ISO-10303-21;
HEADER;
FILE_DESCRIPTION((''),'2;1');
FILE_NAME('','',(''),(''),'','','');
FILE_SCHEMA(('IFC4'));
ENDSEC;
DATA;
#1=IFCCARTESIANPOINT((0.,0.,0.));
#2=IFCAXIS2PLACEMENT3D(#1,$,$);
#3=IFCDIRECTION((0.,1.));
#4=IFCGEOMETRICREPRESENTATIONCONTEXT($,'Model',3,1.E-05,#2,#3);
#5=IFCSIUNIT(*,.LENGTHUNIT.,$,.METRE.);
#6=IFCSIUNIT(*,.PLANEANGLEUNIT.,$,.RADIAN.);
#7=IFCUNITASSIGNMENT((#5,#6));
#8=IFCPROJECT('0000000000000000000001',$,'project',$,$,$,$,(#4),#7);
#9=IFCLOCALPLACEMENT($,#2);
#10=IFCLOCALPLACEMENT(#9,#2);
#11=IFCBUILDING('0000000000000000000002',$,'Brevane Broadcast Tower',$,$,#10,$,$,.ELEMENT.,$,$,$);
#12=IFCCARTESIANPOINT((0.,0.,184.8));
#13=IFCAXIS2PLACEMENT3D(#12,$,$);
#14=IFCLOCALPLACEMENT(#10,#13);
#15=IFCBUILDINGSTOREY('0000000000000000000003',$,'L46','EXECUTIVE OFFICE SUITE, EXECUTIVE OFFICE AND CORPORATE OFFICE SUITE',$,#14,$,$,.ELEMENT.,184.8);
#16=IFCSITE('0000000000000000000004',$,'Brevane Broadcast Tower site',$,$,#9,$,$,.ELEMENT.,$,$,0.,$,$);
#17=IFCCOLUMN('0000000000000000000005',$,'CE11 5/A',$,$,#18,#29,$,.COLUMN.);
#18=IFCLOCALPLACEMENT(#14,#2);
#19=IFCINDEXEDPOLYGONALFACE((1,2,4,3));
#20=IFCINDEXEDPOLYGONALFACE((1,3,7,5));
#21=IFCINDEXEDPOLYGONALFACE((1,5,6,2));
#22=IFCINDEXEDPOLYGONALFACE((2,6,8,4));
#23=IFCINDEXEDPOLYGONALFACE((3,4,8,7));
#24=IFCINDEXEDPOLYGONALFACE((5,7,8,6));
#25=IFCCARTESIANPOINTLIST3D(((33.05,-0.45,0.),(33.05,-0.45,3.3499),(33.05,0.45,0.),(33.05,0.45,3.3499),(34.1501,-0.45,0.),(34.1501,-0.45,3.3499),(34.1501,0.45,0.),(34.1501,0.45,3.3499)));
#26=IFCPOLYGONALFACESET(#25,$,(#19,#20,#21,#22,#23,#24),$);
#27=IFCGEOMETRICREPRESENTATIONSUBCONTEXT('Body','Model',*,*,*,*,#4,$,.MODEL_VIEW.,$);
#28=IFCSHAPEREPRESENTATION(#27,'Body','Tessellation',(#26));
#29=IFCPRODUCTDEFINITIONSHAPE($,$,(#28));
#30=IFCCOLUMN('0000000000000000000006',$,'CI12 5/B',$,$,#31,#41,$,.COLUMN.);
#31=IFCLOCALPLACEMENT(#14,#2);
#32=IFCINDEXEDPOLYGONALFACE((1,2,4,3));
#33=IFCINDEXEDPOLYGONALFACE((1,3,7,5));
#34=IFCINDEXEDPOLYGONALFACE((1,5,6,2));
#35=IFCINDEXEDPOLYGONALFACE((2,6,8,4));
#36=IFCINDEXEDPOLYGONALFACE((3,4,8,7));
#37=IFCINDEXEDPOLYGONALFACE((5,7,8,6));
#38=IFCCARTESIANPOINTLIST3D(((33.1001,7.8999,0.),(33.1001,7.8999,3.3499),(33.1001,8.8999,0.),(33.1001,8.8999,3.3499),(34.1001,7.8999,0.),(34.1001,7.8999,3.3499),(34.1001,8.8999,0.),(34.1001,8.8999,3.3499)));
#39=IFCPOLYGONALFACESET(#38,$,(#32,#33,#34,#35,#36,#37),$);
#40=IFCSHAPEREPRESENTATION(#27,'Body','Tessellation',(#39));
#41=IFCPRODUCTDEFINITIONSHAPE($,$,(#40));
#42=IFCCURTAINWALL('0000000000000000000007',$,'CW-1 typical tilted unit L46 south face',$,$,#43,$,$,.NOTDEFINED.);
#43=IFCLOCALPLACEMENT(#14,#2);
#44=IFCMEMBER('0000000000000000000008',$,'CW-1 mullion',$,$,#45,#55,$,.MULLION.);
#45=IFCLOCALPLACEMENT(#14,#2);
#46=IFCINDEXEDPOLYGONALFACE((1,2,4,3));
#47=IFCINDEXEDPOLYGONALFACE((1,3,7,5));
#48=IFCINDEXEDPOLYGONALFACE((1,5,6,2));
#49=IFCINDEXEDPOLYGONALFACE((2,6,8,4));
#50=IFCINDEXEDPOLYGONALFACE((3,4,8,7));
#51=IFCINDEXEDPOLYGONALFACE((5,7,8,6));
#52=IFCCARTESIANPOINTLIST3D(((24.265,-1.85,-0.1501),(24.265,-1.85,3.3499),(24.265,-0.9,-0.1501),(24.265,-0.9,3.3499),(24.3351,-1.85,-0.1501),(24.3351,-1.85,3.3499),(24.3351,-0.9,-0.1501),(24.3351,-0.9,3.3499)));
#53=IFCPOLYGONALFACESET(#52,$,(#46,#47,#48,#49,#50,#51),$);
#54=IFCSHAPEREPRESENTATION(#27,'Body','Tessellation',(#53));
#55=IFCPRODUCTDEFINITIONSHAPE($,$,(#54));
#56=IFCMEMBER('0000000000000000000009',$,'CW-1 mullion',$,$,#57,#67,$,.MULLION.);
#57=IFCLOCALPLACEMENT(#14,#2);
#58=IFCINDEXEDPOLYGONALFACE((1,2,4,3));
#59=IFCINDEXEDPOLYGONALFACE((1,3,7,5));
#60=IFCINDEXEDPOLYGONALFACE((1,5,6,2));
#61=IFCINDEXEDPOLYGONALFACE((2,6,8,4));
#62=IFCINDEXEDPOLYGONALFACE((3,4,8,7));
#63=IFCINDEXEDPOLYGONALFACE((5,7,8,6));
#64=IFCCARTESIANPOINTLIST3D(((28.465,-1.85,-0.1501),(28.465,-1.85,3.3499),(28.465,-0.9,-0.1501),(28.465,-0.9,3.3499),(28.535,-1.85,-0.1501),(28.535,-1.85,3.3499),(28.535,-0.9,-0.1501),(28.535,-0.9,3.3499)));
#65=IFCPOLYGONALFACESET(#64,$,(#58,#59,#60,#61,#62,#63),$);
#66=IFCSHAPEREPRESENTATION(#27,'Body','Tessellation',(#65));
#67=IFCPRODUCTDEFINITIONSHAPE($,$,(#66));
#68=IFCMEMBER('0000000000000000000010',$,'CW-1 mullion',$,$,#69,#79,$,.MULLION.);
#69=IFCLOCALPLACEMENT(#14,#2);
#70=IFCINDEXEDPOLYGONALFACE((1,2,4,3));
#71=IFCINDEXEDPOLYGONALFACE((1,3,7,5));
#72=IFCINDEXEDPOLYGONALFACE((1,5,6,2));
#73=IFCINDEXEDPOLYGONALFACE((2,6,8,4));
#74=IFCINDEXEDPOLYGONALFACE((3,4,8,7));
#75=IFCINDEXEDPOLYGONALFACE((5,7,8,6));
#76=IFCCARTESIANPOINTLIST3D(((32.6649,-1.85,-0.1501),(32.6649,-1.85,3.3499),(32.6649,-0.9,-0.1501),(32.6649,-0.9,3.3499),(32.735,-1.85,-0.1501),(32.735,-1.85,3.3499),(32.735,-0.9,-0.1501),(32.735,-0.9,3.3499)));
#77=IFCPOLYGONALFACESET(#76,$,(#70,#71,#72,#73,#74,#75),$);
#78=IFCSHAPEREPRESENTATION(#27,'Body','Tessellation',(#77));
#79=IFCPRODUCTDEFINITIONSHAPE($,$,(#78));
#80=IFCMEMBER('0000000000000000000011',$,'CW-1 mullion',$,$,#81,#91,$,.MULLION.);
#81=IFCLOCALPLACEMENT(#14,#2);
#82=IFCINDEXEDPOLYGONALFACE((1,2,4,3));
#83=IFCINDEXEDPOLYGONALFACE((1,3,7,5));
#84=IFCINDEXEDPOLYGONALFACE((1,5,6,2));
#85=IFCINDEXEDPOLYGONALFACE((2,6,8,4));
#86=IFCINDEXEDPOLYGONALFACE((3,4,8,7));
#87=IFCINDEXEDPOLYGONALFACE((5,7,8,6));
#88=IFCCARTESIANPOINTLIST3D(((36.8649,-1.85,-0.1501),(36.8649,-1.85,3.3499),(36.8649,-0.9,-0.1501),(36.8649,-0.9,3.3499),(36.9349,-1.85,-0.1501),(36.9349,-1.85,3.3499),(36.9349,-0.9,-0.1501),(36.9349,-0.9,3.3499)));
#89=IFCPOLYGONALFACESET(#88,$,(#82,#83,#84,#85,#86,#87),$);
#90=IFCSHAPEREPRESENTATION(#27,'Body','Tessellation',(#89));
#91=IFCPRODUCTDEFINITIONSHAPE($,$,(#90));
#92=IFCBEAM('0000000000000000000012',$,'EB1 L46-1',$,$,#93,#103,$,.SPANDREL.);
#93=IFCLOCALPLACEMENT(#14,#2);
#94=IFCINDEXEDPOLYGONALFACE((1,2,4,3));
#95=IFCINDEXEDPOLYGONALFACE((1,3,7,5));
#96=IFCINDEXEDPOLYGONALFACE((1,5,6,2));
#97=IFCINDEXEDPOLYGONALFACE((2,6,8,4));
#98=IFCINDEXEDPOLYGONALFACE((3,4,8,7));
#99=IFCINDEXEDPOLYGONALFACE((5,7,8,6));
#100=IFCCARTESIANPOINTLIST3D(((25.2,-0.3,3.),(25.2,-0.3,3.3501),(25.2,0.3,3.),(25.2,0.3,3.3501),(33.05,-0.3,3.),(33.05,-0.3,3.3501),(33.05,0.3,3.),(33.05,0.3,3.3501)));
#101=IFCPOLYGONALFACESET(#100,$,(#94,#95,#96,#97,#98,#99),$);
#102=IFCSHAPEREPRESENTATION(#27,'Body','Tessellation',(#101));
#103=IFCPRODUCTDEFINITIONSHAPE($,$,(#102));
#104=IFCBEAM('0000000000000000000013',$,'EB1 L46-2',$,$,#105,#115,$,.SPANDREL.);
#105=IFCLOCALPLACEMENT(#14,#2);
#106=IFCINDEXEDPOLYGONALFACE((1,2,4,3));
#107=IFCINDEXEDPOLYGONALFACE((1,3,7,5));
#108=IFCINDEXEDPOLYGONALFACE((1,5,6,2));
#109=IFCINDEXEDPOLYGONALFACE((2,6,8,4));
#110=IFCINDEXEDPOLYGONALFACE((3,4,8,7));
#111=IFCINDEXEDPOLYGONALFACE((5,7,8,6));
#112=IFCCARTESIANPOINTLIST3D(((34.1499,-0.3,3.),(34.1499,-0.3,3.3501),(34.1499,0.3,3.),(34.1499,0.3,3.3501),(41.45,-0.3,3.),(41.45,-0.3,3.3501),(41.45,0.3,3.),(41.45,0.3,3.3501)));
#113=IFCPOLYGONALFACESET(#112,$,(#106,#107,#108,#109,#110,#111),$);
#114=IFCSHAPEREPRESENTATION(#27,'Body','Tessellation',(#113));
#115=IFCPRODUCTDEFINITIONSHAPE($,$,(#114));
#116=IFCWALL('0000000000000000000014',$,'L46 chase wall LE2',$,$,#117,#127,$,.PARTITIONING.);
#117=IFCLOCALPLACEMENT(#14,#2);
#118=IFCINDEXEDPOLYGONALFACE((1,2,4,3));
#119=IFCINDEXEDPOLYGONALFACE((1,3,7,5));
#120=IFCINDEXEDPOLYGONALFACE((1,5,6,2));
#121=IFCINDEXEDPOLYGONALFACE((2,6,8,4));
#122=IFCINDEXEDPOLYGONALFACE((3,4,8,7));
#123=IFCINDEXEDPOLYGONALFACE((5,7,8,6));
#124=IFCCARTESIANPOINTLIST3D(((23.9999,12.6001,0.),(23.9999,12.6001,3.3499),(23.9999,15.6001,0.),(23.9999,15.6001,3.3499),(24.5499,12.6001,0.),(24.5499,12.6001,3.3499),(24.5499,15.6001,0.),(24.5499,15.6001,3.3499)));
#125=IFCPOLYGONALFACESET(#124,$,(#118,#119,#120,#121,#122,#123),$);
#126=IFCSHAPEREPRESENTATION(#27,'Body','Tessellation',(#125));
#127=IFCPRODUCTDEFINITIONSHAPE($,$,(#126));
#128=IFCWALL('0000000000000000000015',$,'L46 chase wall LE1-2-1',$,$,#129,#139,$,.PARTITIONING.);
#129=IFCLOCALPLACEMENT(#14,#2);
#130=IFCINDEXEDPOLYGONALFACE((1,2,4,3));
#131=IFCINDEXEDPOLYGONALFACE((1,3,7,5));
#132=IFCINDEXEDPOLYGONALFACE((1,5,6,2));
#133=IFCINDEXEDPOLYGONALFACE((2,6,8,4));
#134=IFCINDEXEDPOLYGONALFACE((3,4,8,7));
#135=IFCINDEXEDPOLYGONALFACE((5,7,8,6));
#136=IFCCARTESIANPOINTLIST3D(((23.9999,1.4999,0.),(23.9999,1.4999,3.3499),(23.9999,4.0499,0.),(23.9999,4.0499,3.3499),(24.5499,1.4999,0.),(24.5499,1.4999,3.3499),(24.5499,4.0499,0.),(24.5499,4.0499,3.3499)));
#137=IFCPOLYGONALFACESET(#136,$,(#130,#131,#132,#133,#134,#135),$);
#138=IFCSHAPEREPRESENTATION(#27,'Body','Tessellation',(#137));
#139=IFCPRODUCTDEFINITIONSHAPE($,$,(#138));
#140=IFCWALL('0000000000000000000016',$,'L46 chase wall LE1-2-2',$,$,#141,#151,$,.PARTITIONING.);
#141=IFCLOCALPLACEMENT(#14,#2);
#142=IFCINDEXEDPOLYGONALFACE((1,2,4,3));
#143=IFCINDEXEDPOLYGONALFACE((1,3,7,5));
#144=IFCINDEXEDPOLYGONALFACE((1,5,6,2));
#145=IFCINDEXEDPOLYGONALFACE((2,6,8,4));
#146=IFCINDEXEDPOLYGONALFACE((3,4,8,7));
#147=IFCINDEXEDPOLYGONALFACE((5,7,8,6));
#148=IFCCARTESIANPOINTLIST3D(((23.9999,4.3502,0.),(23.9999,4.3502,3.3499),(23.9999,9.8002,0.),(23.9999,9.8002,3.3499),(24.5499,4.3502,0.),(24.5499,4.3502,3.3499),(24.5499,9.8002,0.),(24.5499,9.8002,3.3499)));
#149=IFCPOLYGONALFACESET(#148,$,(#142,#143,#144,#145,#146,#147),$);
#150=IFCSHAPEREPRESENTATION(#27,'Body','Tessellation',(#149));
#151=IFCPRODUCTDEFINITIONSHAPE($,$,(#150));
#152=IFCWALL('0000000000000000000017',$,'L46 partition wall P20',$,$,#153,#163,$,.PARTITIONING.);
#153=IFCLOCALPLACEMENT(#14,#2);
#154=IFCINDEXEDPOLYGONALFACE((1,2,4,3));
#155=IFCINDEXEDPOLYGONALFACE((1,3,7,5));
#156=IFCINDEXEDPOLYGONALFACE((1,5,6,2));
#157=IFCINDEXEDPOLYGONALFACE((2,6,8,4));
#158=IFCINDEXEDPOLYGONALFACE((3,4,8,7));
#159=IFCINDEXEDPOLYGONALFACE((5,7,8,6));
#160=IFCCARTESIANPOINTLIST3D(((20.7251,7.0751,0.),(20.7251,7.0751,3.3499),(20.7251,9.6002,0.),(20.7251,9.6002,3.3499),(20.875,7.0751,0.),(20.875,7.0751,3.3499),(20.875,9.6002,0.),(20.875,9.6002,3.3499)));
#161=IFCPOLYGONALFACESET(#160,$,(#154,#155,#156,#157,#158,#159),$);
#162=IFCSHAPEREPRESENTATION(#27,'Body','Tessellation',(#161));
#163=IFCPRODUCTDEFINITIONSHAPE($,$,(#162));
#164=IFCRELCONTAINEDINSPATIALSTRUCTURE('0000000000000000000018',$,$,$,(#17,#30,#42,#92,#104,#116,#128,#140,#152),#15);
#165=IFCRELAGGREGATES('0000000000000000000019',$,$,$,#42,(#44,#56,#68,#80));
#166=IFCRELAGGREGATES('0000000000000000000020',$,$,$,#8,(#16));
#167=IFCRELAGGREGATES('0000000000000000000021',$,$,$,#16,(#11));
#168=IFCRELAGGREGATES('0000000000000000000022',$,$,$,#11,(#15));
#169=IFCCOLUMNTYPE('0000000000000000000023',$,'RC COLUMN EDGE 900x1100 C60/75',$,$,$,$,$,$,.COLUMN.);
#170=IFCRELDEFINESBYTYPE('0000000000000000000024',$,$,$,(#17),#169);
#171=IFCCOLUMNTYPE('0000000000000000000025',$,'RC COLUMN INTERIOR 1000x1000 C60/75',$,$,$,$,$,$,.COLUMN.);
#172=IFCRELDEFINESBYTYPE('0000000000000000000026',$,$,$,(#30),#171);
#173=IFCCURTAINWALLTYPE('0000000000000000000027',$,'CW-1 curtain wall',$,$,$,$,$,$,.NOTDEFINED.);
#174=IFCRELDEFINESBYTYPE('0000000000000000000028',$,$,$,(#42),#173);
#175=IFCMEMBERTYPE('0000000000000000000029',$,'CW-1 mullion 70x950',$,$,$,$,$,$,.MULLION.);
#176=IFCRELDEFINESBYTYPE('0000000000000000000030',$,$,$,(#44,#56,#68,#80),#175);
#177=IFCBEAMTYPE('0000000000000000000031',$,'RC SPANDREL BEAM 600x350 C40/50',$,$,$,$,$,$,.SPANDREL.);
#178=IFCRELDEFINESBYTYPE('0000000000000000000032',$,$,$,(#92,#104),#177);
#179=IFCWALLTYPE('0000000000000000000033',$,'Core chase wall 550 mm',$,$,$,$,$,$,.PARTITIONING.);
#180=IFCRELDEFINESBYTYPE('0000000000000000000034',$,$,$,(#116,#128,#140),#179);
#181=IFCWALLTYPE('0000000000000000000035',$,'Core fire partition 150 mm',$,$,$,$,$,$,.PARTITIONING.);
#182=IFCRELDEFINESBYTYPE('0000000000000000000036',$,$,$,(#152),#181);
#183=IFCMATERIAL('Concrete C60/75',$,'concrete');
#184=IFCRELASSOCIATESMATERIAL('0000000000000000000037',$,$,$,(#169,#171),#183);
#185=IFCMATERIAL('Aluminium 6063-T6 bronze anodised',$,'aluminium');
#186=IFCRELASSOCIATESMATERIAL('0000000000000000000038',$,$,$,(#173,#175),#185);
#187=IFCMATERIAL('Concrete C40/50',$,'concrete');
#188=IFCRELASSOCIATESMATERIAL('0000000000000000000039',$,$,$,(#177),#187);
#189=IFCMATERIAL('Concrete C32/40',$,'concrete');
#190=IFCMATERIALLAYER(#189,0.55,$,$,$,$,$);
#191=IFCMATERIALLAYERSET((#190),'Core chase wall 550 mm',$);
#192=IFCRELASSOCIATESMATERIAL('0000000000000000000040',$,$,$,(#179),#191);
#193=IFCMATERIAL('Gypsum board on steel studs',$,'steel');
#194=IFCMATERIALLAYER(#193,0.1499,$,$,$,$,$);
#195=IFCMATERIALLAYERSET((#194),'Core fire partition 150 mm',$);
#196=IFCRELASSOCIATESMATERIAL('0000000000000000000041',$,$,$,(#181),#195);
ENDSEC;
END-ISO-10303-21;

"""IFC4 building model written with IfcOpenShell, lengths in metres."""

from ifc_helpers import new_model, si_unit, direction, frame, frame_2d, origin, origin_2d, place, context, subcontext, project, spatial, rectangle, extrude, material, layer, layer_set, material_profile, profile_set, type_object, element, aggregate, save


model = new_model("IFC4")

# Units and contexts
model_context = context("Model", 3, precision=1e-05, world=origin(), true_north=direction((0.0, 1.0)))
body_context = subcontext(model_context, "Body", "Model", "MODEL_VIEW")
ifc_project = project(units=[si_unit("LENGTHUNIT", "METRE"), si_unit("PLANEANGLEUNIT", "RADIAN")], contexts=[model_context])

# Site, building, storey
site_placement = place(None, origin())
site = spatial("IfcSite", under=ifc_project, at=site_placement, Name="Brevane Broadcast Tower site", CompositionType="ELEMENT", RefElevation=0.0)
building_placement = place(site_placement, origin())
building = spatial("IfcBuilding", under=site, at=building_placement, Name="Brevane Broadcast Tower", CompositionType="ELEMENT")
storey_placement = place(building_placement, frame((0.0, 0.0, 184.8)))
storey = spatial("IfcBuildingStorey", under=building, at=storey_placement, Name="L46", Description="EXECUTIVE OFFICE SUITE, EXECUTIVE OFFICE AND CORPORATE OFFICE SUITE", CompositionType="ELEMENT", Elevation=184.8)

# Columns
ifc_material_1 = material(Name="Concrete C60/75", Category="concrete")
ifc_material_profile_1 = material_profile(ifc_material_1, rectangle(XDim=0.8999, YDim=1.1001, at=origin_2d()), Name="RC 900x1100")
ifc_profile_set_1 = profile_set([ifc_material_profile_1], Name="Concrete C60/75")
column_type_1 = type_object("IfcColumnType", Name="RC COLUMN EDGE 900x1100 C60/75", PredefinedType="COLUMN", material=ifc_profile_set_1)
column_1_placement = place(storey_placement, frame((33.6001, 0.0, 0.0), z_axis=(0.0, 0.0, 1.0), x_axis=(0.0, 1.0, 0.0)))
element("IfcColumn", 1, at=column_1_placement, inside=storey, type_object=column_type_1, Name="CE11 5/A", PredefinedType="COLUMN", context=body_context, shape_type="SweptSolid", body=[
    extrude(rectangle(XDim=0.8999, YDim=1.1001, at=origin_2d()), origin(), (0.0, 0.0, 1.0), 3.3499),
])
ifc_material_profile_2 = material_profile(ifc_material_1, rectangle(XDim=1.0, YDim=1.0, at=origin_2d()), Name="RC 1000x1000")
ifc_profile_set_2 = profile_set([ifc_material_profile_2], Name="Concrete C60/75")
column_type_2 = type_object("IfcColumnType", Name="RC COLUMN INTERIOR 1000x1000 C60/75", PredefinedType="COLUMN", material=ifc_profile_set_2)
column_2_placement = place(storey_placement, frame((33.6001, 8.3999, 0.0), z_axis=(0.0, 0.0, 1.0), x_axis=(1.0, 0.0, 0.0)))
element("IfcColumn", 2, at=column_2_placement, inside=storey, type_object=column_type_2, Name="CI12 5/B", PredefinedType="COLUMN", context=body_context, shape_type="SweptSolid", body=[
    extrude(rectangle(XDim=1.0, YDim=1.0, at=origin_2d()), origin(), (0.0, 0.0, 1.0), 3.3499),
])

# Curtain wall, members
ifc_material_2 = material(Name="Aluminium 6063-T6 bronze anodised", Category="aluminium")
curtain_wall_type = type_object("IfcCurtainWallType", Name="CW-1 curtain wall", PredefinedType="NOTDEFINED", material=ifc_material_2)
curtain_wall_placement = place(storey_placement, origin())
curtain_wall = element("IfcCurtainWall", 3, at=curtain_wall_placement, inside=storey, type_object=curtain_wall_type, Name="CW-1 typical tilted unit L46 south face", PredefinedType="NOTDEFINED")
ifc_material_profile_3 = material_profile(ifc_material_2, rectangle(XDim=0.95, YDim=0.0701, at=origin_2d()), Name="RECT 70x950")
ifc_profile_set_3 = profile_set([ifc_material_profile_3], Name="Aluminium 6063-T6 bronze anodised")
member_type = type_object("IfcMemberType", Name="CW-1 mullion 70x950", PredefinedType="MULLION", material=ifc_profile_set_3)
member_1_placement = place(storey_placement, frame((24.3, -1.375, -0.1501), z_axis=(0.0, 0.0, 1.0), x_axis=(0.0, 1.0, 0.0)))
member_1 = element("IfcMember", 4, at=member_1_placement, type_object=member_type, Name="CW-1 mullion", PredefinedType="MULLION", context=body_context, shape_type="SweptSolid", body=[
    extrude(rectangle(XDim=0.95, YDim=0.0701, at=origin_2d()), origin(), (0.0, 0.0, 1.0), 3.5),
])
member_2_placement = place(storey_placement, frame((28.5, -1.375, -0.1501), z_axis=(0.0, 0.0, 1.0), x_axis=(0.0, 1.0, 0.0)))
member_2 = element("IfcMember", 5, at=member_2_placement, type_object=member_type, Name="CW-1 mullion", PredefinedType="MULLION", context=body_context, shape_type="SweptSolid", body=[
    extrude(rectangle(XDim=0.95, YDim=0.0701, at=origin_2d()), origin(), (0.0, 0.0, 1.0), 3.5),
])
member_3_placement = place(storey_placement, frame((32.7, -1.375, -0.1501), z_axis=(0.0, 0.0, 1.0), x_axis=(0.0, 1.0, 0.0)))
member_3 = element("IfcMember", 6, at=member_3_placement, type_object=member_type, Name="CW-1 mullion", PredefinedType="MULLION", context=body_context, shape_type="SweptSolid", body=[
    extrude(rectangle(XDim=0.95, YDim=0.0701, at=origin_2d()), origin(), (0.0, 0.0, 1.0), 3.5),
])
member_4_placement = place(storey_placement, frame((36.8999, -1.375, -0.1501), z_axis=(0.0, 0.0, 1.0), x_axis=(0.0, 1.0, 0.0)))
member_4 = element("IfcMember", 7, at=member_4_placement, type_object=member_type, Name="CW-1 mullion", PredefinedType="MULLION", context=body_context, shape_type="SweptSolid", body=[
    extrude(rectangle(XDim=0.95, YDim=0.0701, at=origin_2d()), origin(), (0.0, 0.0, 1.0), 3.5),
])
aggregate(curtain_wall, [member_1, member_2, member_3, member_4])

# Beams
ifc_material_3 = material(Name="Concrete C40/50", Category="concrete")
ifc_material_profile_4 = material_profile(ifc_material_3, rectangle(XDim=0.6001, YDim=0.3501, at=origin_2d()), Name="RC 600x350")
ifc_profile_set_4 = profile_set([ifc_material_profile_4], Name="Concrete C40/50")
beam_type = type_object("IfcBeamType", Name="RC SPANDREL BEAM 600x350 C40/50", PredefinedType="SPANDREL", material=ifc_profile_set_4)
beam_1_placement = place(storey_placement, frame((25.2, 0.0, 3.175), z_axis=(1.0, 0.0, 0.0), x_axis=(0.0, 1.0, 0.0)))
element("IfcBeam", 8, at=beam_1_placement, inside=storey, type_object=beam_type, Name="EB1 L46-1", PredefinedType="SPANDREL", context=body_context, shape_type="SweptSolid", body=[
    extrude(rectangle(XDim=0.6001, YDim=0.3501, at=origin_2d()), origin(), (0.0, 0.0, 1.0), 7.8501),
])
beam_2_placement = place(storey_placement, frame((34.1499, 0.0, 3.175), z_axis=(1.0, 0.0, 0.0), x_axis=(0.0, 1.0, 0.0)))
element("IfcBeam", 9, at=beam_2_placement, inside=storey, type_object=beam_type, Name="EB1 L46-2", PredefinedType="SPANDREL", context=body_context, shape_type="SweptSolid", body=[
    extrude(rectangle(XDim=0.6001, YDim=0.3501, at=origin_2d()), origin(), (0.0, 0.0, 1.0), 7.3),
])

# Walls
ifc_material_4 = material(Name="Concrete C32/40", Category="concrete")
ifc_layer_1 = layer(ifc_material_4, 0.55)
ifc_layer_set_1 = layer_set([ifc_layer_1], Name="Core chase wall 550 mm")
wall_type_1 = type_object("IfcWallType", Name="Core chase wall 550 mm", PredefinedType="PARTITIONING", material=ifc_layer_set_1)
wall_1_placement = place(storey_placement, frame((24.2749, 12.6001, 0.0), z_axis=(0.0, 0.0, 1.0), x_axis=(0.0, 1.0, 0.0)))
element("IfcWall", 10, at=wall_1_placement, inside=storey, type_object=wall_type_1, Name="L46 chase wall LE2", PredefinedType="PARTITIONING", context=body_context, shape_type="SweptSolid", body=[
    extrude(rectangle(XDim=3.0, YDim=0.55, at=frame_2d((1.5, 0.0))), origin(), (0.0, 0.0, 1.0), 3.3499),
])
wall_2_placement = place(storey_placement, frame((24.2749, 1.5, 0.0), z_axis=(0.0, 0.0, 1.0), x_axis=(0.0, 1.0, 0.0)))
element("IfcWall", 11, at=wall_2_placement, inside=storey, type_object=wall_type_1, Name="L46 chase wall LE1-2-1", PredefinedType="PARTITIONING", context=body_context, shape_type="SweptSolid", body=[
    extrude(rectangle(XDim=2.55, YDim=0.55, at=frame_2d((1.2749, 0.0))), origin(), (0.0, 0.0, 1.0), 3.3499),
])
wall_3_placement = place(storey_placement, frame((24.2749, 4.3501, 0.0), z_axis=(0.0, 0.0, 1.0), x_axis=(0.0, 1.0, 0.0)))
element("IfcWall", 12, at=wall_3_placement, inside=storey, type_object=wall_type_1, Name="L46 chase wall LE1-2-2", PredefinedType="PARTITIONING", context=body_context, shape_type="SweptSolid", body=[
    extrude(rectangle(XDim=5.45, YDim=0.55, at=frame_2d((2.7251, 0.0))), origin(), (0.0, 0.0, 1.0), 3.3499),
])
ifc_material_5 = material(Name="Gypsum board on steel studs", Category="steel")
ifc_layer_2 = layer(ifc_material_5, 0.1499)
ifc_layer_set_2 = layer_set([ifc_layer_2], Name="Core fire partition 150 mm")
wall_type_2 = type_object("IfcWallType", Name="Core fire partition 150 mm", PredefinedType="PARTITIONING", material=ifc_layer_set_2)
wall_4_placement = place(storey_placement, frame((20.8, 7.075, 0.0), z_axis=(0.0, 0.0, 1.0), x_axis=(0.0, 1.0, 0.0)))
element("IfcWall", 13, at=wall_4_placement, inside=storey, type_object=wall_type_2, Name="L46 partition wall P20", PredefinedType="PARTITIONING", context=body_context, shape_type="SweptSolid", body=[
    extrude(rectangle(XDim=2.5251, YDim=0.1499, at=frame_2d((1.2627, 0.0))), origin(), (0.0, 0.0, 1.0), 3.3499),
])

save(model, "model.ifc")
